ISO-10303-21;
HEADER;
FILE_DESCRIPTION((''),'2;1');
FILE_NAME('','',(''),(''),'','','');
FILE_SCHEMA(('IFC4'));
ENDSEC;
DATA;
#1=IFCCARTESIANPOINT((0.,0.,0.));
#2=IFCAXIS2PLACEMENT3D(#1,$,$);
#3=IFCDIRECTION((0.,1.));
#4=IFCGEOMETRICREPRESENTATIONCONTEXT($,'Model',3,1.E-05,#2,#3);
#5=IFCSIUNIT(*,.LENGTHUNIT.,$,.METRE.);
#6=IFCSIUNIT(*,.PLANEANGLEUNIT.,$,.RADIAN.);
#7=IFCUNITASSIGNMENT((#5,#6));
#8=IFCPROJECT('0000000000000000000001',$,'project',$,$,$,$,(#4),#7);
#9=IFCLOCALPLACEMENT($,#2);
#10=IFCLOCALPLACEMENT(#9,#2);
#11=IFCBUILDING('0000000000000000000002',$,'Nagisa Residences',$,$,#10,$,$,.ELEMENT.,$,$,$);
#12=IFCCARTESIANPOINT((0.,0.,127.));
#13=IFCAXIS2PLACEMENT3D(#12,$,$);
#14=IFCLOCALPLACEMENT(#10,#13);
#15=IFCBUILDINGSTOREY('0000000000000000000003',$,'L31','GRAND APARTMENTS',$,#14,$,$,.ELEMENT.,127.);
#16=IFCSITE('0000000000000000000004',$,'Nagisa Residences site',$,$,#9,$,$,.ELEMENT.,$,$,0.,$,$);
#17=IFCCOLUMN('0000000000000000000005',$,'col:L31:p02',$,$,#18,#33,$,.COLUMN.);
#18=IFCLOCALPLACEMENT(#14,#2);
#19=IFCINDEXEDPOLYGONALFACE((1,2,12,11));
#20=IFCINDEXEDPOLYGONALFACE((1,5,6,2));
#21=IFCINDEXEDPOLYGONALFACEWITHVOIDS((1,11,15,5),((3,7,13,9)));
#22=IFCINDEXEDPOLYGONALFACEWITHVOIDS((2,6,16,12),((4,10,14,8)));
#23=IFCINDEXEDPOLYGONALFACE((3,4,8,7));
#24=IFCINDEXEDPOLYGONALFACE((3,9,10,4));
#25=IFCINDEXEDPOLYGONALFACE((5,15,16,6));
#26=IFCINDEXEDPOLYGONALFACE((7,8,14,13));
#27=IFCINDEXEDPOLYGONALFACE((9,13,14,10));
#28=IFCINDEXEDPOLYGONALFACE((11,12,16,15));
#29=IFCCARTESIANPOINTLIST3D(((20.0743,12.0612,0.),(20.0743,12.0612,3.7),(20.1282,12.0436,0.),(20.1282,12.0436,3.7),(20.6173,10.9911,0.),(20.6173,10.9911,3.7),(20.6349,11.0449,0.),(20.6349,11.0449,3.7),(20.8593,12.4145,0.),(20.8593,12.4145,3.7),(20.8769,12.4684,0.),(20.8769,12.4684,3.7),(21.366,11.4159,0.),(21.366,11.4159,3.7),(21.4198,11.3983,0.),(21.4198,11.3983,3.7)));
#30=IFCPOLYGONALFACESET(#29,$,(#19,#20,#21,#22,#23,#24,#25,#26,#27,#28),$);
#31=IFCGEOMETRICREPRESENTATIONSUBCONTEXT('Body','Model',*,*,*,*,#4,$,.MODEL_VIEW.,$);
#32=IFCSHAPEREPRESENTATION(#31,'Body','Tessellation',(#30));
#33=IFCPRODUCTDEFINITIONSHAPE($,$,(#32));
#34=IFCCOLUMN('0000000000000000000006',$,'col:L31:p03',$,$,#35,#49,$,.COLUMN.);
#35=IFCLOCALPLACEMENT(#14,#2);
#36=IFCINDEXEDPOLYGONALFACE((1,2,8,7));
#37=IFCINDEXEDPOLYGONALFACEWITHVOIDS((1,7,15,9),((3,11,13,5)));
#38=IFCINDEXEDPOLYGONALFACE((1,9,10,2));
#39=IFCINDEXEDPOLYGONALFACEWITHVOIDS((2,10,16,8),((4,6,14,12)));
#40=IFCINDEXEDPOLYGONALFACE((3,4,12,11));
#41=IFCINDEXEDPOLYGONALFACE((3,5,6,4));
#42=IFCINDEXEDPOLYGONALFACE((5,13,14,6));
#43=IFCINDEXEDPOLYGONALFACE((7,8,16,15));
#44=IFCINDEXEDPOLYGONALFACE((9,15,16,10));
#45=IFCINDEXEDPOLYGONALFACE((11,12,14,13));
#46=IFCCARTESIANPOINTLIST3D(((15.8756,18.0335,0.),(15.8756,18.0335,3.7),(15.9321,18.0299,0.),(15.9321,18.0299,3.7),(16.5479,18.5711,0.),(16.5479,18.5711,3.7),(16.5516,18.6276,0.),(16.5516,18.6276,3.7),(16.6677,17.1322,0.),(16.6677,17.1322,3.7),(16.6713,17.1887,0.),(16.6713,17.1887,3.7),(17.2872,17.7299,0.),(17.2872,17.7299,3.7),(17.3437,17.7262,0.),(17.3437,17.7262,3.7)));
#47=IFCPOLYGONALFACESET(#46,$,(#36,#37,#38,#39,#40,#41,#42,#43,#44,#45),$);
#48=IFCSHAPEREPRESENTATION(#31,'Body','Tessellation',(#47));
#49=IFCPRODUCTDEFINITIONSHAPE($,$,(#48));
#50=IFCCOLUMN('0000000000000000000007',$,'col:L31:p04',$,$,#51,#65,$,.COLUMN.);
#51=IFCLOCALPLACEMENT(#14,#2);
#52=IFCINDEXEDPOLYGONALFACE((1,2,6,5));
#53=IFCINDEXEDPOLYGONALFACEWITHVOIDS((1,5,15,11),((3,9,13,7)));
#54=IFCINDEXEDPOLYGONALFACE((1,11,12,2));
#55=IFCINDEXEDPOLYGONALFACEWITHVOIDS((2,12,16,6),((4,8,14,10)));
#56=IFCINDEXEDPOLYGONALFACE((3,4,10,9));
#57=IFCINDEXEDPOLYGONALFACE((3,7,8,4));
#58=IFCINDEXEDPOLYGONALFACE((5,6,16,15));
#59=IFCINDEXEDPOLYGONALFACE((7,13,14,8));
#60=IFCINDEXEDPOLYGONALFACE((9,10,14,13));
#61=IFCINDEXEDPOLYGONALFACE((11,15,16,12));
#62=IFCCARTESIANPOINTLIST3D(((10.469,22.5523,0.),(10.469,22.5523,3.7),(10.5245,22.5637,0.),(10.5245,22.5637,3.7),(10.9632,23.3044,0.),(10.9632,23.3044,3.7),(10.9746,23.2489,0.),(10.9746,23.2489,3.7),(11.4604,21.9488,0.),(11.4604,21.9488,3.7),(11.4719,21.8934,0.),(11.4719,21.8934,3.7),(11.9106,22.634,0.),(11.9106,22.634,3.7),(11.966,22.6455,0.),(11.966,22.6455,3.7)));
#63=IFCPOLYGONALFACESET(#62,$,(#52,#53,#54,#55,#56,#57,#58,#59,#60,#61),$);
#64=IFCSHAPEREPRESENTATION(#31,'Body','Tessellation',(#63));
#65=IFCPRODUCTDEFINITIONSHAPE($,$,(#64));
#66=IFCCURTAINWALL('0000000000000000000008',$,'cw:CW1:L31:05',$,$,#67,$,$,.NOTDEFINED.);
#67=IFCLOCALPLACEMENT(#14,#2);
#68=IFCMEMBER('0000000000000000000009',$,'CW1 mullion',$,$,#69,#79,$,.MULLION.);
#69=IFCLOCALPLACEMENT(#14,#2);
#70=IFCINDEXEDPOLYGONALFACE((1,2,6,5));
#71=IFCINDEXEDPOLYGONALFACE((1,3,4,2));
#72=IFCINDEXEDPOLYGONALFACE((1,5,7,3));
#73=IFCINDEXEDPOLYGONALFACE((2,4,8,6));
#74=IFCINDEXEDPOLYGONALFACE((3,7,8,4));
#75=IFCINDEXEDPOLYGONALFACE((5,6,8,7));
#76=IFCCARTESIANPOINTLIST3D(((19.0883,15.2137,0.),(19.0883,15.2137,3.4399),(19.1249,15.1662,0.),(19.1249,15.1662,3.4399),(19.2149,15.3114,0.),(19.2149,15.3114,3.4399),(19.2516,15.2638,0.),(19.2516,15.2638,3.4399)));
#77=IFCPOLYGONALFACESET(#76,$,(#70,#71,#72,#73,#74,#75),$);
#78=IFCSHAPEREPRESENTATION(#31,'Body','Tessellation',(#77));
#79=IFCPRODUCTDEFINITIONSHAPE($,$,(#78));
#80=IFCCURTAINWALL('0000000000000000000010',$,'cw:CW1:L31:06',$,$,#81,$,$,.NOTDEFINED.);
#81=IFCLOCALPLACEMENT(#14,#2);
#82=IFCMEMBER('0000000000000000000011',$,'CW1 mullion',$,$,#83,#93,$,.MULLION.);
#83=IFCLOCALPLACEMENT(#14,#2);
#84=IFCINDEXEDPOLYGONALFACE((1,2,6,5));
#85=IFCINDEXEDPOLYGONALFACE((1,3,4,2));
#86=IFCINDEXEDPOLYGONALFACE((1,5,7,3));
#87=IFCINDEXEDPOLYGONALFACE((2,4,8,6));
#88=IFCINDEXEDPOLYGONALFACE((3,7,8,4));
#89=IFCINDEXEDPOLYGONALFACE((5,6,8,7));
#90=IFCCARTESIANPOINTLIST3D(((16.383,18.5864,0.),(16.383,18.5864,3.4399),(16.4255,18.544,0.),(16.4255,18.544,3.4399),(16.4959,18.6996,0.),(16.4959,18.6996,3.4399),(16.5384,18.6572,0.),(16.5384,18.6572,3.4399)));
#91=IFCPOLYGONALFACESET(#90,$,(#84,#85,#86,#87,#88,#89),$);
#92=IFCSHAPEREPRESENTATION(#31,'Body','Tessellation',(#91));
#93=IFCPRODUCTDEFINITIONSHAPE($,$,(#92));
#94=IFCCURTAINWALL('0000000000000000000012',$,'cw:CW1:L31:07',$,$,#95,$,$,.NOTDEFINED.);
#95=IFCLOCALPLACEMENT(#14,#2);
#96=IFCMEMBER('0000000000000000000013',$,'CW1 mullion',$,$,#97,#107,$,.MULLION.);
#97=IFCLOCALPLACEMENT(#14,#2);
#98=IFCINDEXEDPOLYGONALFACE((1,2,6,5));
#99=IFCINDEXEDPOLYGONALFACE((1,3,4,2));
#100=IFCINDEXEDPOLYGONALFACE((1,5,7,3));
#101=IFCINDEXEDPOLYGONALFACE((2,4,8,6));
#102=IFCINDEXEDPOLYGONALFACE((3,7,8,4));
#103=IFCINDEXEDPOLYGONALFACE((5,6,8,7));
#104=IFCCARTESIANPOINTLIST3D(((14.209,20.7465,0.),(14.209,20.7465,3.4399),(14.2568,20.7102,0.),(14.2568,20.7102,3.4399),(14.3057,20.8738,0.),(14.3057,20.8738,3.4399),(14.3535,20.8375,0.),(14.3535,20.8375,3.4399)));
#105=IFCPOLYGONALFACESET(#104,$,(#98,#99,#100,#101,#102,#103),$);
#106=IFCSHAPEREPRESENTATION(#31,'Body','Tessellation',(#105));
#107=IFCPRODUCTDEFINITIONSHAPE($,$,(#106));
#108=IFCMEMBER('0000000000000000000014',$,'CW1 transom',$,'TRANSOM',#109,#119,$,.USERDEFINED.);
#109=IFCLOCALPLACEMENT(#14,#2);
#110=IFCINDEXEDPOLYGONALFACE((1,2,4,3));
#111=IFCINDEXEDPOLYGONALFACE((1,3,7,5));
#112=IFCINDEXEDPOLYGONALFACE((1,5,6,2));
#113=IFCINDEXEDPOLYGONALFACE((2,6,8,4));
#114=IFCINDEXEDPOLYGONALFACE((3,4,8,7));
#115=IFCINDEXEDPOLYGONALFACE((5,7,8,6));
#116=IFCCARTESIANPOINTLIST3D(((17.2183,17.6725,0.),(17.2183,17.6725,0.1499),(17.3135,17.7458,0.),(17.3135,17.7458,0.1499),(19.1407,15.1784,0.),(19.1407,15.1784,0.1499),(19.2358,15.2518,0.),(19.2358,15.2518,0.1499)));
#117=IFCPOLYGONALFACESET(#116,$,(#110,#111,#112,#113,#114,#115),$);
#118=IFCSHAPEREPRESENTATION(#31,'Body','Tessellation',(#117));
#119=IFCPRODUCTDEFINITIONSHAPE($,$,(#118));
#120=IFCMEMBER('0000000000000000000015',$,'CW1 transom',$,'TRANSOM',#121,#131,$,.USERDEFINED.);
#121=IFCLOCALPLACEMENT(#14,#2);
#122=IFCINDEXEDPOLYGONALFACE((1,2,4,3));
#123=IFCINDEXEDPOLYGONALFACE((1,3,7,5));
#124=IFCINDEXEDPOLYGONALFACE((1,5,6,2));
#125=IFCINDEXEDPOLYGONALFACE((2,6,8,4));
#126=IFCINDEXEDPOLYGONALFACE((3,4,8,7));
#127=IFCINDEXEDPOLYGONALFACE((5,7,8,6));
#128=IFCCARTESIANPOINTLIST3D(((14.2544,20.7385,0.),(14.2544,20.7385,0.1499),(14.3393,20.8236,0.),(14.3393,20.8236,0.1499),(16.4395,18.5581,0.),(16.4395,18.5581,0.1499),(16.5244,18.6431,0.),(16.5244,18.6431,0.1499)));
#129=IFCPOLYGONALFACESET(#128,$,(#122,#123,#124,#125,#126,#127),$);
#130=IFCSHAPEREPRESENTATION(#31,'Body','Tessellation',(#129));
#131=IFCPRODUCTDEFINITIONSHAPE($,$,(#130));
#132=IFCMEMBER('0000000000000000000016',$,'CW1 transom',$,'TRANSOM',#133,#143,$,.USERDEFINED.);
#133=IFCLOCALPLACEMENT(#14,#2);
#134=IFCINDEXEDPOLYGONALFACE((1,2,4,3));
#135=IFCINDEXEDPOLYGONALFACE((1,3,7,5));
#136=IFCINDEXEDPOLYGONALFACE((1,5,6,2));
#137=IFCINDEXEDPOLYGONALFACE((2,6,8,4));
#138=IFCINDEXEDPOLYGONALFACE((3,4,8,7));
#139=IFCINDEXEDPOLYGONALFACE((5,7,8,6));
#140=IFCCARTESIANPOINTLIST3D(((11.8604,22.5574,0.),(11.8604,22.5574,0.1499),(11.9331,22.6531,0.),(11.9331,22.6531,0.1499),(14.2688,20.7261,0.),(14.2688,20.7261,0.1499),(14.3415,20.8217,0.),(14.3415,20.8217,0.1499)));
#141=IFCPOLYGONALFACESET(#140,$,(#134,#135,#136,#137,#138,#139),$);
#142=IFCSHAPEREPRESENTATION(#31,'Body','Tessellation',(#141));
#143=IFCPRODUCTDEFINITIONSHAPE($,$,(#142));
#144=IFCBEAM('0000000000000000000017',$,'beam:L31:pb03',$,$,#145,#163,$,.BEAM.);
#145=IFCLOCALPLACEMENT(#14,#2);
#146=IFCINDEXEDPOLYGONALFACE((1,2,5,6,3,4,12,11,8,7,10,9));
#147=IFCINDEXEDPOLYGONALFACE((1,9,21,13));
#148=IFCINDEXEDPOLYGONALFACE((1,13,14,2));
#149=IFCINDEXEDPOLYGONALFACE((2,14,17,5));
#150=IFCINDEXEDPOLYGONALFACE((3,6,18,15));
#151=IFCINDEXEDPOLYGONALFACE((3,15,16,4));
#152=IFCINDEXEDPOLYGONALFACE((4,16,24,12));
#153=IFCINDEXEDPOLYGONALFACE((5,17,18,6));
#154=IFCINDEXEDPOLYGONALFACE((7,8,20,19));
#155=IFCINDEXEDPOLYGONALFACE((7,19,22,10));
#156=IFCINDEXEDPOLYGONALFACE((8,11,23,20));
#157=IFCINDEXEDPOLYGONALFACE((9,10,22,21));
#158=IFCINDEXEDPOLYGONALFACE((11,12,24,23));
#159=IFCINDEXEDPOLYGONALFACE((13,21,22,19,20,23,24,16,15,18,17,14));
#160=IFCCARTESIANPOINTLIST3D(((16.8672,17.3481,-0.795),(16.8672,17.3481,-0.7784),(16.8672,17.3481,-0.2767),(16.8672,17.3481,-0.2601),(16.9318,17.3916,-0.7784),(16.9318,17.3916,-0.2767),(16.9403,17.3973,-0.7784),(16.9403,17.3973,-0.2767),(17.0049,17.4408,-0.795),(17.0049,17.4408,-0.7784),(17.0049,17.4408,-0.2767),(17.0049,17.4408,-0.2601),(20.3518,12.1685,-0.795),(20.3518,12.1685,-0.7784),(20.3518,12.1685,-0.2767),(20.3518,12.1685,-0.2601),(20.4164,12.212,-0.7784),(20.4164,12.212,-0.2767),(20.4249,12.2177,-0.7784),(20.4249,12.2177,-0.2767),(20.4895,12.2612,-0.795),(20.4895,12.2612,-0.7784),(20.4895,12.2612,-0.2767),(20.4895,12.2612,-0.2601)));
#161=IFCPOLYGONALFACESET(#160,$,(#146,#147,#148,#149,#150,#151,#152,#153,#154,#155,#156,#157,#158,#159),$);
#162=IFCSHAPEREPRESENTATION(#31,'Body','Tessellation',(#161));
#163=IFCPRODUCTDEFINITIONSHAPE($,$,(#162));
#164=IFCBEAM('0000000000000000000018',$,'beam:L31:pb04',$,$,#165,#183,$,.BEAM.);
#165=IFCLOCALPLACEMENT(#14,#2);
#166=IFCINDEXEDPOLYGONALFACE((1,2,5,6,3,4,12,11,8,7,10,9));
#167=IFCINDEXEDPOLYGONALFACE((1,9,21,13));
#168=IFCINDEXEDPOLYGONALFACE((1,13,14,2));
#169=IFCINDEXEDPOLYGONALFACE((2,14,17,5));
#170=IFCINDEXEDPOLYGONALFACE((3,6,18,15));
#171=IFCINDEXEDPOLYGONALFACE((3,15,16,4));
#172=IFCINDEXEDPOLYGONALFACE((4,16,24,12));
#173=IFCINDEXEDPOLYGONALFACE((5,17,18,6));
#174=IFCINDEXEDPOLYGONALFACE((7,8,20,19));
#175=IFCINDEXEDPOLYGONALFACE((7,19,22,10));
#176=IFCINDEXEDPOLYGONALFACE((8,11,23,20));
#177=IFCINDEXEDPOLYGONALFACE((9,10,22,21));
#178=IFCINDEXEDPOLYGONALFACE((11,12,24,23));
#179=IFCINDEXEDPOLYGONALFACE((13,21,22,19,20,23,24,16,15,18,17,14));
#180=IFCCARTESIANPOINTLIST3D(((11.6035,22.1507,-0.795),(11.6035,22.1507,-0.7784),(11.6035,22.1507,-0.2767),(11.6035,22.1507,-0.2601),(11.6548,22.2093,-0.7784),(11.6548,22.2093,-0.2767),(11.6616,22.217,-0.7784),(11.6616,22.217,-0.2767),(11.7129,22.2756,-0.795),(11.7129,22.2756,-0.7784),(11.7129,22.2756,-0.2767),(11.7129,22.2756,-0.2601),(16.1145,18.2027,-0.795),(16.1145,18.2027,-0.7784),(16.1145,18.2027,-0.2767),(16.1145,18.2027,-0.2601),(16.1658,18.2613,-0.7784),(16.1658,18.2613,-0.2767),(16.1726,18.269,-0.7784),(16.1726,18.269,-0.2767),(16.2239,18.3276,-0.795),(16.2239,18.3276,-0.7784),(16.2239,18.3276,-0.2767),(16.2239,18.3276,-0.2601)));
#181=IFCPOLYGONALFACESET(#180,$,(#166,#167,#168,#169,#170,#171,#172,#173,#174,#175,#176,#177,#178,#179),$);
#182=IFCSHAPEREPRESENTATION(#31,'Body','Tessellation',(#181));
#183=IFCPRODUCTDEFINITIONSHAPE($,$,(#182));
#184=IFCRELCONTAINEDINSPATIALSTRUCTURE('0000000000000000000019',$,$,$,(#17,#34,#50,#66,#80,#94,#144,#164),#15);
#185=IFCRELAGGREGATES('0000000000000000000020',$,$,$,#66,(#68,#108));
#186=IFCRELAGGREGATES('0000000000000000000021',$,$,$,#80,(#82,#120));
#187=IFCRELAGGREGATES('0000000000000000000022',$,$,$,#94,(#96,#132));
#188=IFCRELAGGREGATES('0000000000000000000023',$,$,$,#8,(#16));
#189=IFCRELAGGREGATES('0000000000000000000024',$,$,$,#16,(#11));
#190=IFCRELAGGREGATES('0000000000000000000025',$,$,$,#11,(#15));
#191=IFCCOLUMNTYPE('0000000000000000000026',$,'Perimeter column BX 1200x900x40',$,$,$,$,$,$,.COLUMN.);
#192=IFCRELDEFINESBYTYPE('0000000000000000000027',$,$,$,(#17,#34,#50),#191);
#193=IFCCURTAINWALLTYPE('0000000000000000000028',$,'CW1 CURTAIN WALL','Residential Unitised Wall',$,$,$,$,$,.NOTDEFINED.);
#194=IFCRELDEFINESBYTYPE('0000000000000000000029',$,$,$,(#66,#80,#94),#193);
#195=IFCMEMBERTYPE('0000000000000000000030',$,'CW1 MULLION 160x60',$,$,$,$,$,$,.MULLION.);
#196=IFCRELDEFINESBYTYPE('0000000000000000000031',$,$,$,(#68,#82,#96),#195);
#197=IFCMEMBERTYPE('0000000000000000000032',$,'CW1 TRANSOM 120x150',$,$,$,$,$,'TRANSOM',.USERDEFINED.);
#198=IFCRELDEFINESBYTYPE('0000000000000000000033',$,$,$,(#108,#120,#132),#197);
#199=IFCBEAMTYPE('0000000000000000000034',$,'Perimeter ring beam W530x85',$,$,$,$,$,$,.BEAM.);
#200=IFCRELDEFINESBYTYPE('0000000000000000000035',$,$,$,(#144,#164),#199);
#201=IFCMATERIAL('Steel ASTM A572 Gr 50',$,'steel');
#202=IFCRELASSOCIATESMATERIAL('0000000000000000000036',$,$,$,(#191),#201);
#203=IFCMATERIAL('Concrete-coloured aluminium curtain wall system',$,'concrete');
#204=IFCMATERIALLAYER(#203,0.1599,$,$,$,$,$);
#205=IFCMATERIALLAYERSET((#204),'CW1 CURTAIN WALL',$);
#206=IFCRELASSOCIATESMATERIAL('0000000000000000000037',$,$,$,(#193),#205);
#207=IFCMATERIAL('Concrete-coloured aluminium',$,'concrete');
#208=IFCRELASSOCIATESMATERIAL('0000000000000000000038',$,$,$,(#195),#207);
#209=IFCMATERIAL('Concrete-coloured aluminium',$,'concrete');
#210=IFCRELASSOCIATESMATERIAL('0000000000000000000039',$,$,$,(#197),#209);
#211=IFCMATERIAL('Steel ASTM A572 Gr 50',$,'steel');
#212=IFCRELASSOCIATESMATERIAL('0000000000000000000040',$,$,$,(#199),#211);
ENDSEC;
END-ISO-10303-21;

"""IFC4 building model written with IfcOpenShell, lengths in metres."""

from ifc_helpers import new_model, si_unit, direction, frame, origin, origin_2d, place, context, subcontext, project, spatial, rectangle, hollow_rectangle, i_section, extrude, material, layer, layer_set, material_profile, profile_set, type_object, element, aggregate, save


model = new_model("IFC4")

# Units and contexts
model_context = context("Model", 3, precision=1e-05, world=origin(), true_north=direction((0.0, 1.0)))
body_context = subcontext(model_context, "Body", "Model", "MODEL_VIEW")
ifc_project = project(units=[si_unit("LENGTHUNIT", "METRE"), si_unit("PLANEANGLEUNIT", "RADIAN")], contexts=[model_context])

# Site, building, storey
site_placement = place(None, origin())
site = spatial("IfcSite", under=ifc_project, at=site_placement, Name="Nagisa Residences site", CompositionType="ELEMENT", RefElevation=0.0)
building_placement = place(site_placement, origin())
building = spatial("IfcBuilding", under=site, at=building_placement, Name="Nagisa Residences", CompositionType="ELEMENT")
storey_placement = place(building_placement, frame((0.0, 0.0, 127.0)))
storey = spatial("IfcBuildingStorey", under=building, at=storey_placement, Name="L31", Description="GRAND APARTMENTS", CompositionType="ELEMENT", Elevation=127.0)

# Columns
ifc_material_1 = material(Name="Steel ASTM A572 Gr 50", Category="steel")
ifc_material_profile_1 = material_profile(ifc_material_1, hollow_rectangle(XDim=1.2, YDim=0.8999, WallThickness=0.04, at=origin_2d()), Name="BX 1200x900x40")
ifc_profile_set_1 = profile_set([ifc_material_profile_1], Name="Steel ASTM A572 Gr 50")
column_type = type_object("IfcColumnType", Name="Perimeter column BX 1200x900x40", PredefinedType="COLUMN", material=ifc_profile_set_1)
for number, where, z_axis, x_axis, name in (
    (1, (20.7471, 11.7297, 0.0), (0.0, 0.0, 1.0), (-0.452463, 0.891783, 0.0), "col:L31:p02"),
    (2, (16.6096, 17.8799, 0.0), (0.0, 0.0, 1.0), (-0.660115, 0.751165, 0.0), "col:L31:p03"),
    (3, (11.2175, 22.5989, 0.0), (0.0, 0.0, 1.0), (-0.835766, 0.549086, 0.0), "col:L31:p04"),
):
    element("IfcColumn", number, at=place(storey_placement, frame(where, z_axis=z_axis, x_axis=x_axis)), inside=storey, type_object=column_type, Name=name, PredefinedType="COLUMN", context=body_context, shape_type="SweptSolid", body=[
        extrude(hollow_rectangle(XDim=1.2, YDim=0.8999, WallThickness=0.04, at=origin_2d()), origin(), (0.0, 0.0, 1.0), 3.7),
    ])

# Curtain walls, members
ifc_material_2 = material(Name="Concrete-coloured aluminium curtain wall system", Category="concrete")
ifc_layer_1 = layer(ifc_material_2, 0.1599)
ifc_layer_set_1 = layer_set([ifc_layer_1], Name="CW1 CURTAIN WALL")
curtain_wall_type = type_object("IfcCurtainWallType", Name="CW1 CURTAIN WALL", Description="Residential Unitised Wall", PredefinedType="NOTDEFINED", material=ifc_layer_set_1)
curtain_wall_1_placement = place(storey_placement, origin())
curtain_wall_1 = element("IfcCurtainWall", 4, at=curtain_wall_1_placement, inside=storey, type_object=curtain_wall_type, Name="cw:CW1:L31:05", PredefinedType="NOTDEFINED")
ifc_material_3 = material(Name="Concrete-coloured aluminium", Category="concrete")
ifc_material_profile_2 = material_profile(ifc_material_3, rectangle(XDim=0.1599, YDim=0.0601, at=origin_2d()), Name="CW1 MULLION 160x60")
ifc_profile_set_2 = profile_set([ifc_material_profile_2], Name="Concrete-coloured aluminium")
member_type_1 = type_object("IfcMemberType", Name="CW1 MULLION 160x60", PredefinedType="MULLION", material=ifc_profile_set_2)
member_1_placement = place(storey_placement, frame((19.1699, 15.2388, 0.0), z_axis=(0.0, 0.0, 1.0), x_axis=(-0.79207, -0.61043, 0.0)))
member_1 = element("IfcMember", 5, at=member_1_placement, type_object=member_type_1, Name="CW1 mullion", PredefinedType="MULLION", context=body_context, shape_type="SweptSolid", body=[
    extrude(rectangle(XDim=0.1599, YDim=0.0601, at=origin_2d()), origin(), (0.0, 0.0, 1.0), 3.4399),
])
curtain_wall_2_placement = place(storey_placement, origin())
curtain_wall_2 = element("IfcCurtainWall", 6, at=curtain_wall_2_placement, inside=storey, type_object=curtain_wall_type, Name="cw:CW1:L31:06", PredefinedType="NOTDEFINED")
member_2_placement = place(storey_placement, frame((16.4607, 18.6218, 0.0), z_axis=(0.0, 0.0, 1.0), x_axis=(-0.706377, -0.707836, 0.0)))
member_2 = element("IfcMember", 7, at=member_2_placement, type_object=member_type_1, Name="CW1 mullion", PredefinedType="MULLION", context=body_context, shape_type="SweptSolid", body=[
    extrude(rectangle(XDim=0.1599, YDim=0.0601, at=origin_2d()), origin(), (0.0, 0.0, 1.0), 3.4399),
])
curtain_wall_3_placement = place(storey_placement, origin())
curtain_wall_3 = element("IfcCurtainWall", 8, at=curtain_wall_3_placement, inside=storey, type_object=curtain_wall_type, Name="cw:CW1:L31:07", PredefinedType="NOTDEFINED")
member_3_placement = place(storey_placement, frame((14.2812, 20.792, 0.0), z_axis=(0.0, 0.0, 1.0), x_axis=(-0.605255, -0.796031, 0.0)))
member_3 = element("IfcMember", 9, at=member_3_placement, type_object=member_type_1, Name="CW1 mullion", PredefinedType="MULLION", context=body_context, shape_type="SweptSolid", body=[
    extrude(rectangle(XDim=0.1599, YDim=0.0601, at=origin_2d()), origin(), (0.0, 0.0, 1.0), 3.4399),
])

# Members
ifc_material_4 = material(Name="Concrete-coloured aluminium", Category="concrete")
ifc_material_profile_3 = material_profile(ifc_material_4, rectangle(XDim=0.1201, YDim=0.1499, at=origin_2d()), Name="CW1 TRANSOM 120x150")
ifc_profile_set_3 = profile_set([ifc_material_profile_3], Name="Concrete-coloured aluminium")
member_type_2 = type_object("IfcMemberType", Name="CW1 TRANSOM 120x150", ElementType="TRANSOM", PredefinedType="USERDEFINED", material=ifc_profile_set_3)
member_4_placement = place(storey_placement, frame((19.1882, 15.2151, 0.075), z_axis=(-0.610467, 0.792041, 0.0), x_axis=(-0.792041, -0.610467, 0.0)))
member_4 = element("IfcMember", 10, at=member_4_placement, type_object=member_type_2, Name="CW1 transom", ObjectType="TRANSOM", PredefinedType="USERDEFINED", context=body_context, shape_type="SweptSolid", body=[
    extrude(rectangle(XDim=0.1201, YDim=0.1499, at=origin_2d()), origin(), (0.0, 0.0, 1.0), 3.1489),
])
member_5_placement = place(storey_placement, frame((16.4819, 18.6006, 0.075), z_axis=(-0.707858, 0.706355, 0.0), x_axis=(-0.706355, -0.707858, 0.0)))
member_5 = element("IfcMember", 11, at=member_5_placement, type_object=member_type_2, Name="CW1 transom", ObjectType="TRANSOM", PredefinedType="USERDEFINED", context=body_context, shape_type="SweptSolid", body=[
    extrude(rectangle(XDim=0.1201, YDim=0.1499, at=origin_2d()), origin(), (0.0, 0.0, 1.0), 3.0869),
])
member_6_placement = place(storey_placement, frame((14.3052, 20.7739, 0.075), z_axis=(-0.796022, 0.605267, 0.0), x_axis=(-0.605267, -0.796022, 0.0)))
member_6 = element("IfcMember", 12, at=member_6_placement, type_object=member_type_2, Name="CW1 transom", ObjectType="TRANSOM", PredefinedType="USERDEFINED", context=body_context, shape_type="SweptSolid", body=[
    extrude(rectangle(XDim=0.1201, YDim=0.1499, at=origin_2d()), origin(), (0.0, 0.0, 1.0), 3.0256),
])

# Beams
ifc_material_5 = material(Name="Steel ASTM A572 Gr 50", Category="steel")
ifc_material_profile_4 = material_profile(ifc_material_5, i_section(OverallWidth=0.166, OverallDepth=0.5349, WebThickness=0.0103, FlangeThickness=0.0166, at=origin_2d()), Name="W530x85")
ifc_profile_set_4 = profile_set([ifc_material_profile_4], Name="Steel ASTM A572 Gr 50")
beam_type_1 = type_object("IfcBeamType", Name="Perimeter ring beam W530x85", PredefinedType="BEAM", material=ifc_profile_set_4)
beam_1_placement = place(storey_placement, frame((20.4207, 12.2148, -0.5276), z_axis=(-0.558188, 0.829715, 0.0), x_axis=(-0.829715, -0.558188, 0.0)))
element("IfcBeam", 13, at=beam_1_placement, inside=storey, type_object=beam_type_1, Name="beam:L31:pb03", PredefinedType="BEAM", context=body_context, shape_type="SweptSolid", body=[
    extrude(i_section(OverallWidth=0.166, OverallDepth=0.5349, WebThickness=0.0103, FlangeThickness=0.0166, at=origin_2d()), origin(), (0.0, 0.0, 1.0), 6.2427),
])
beam_2_placement = place(storey_placement, frame((16.1692, 18.2651, -0.5276), z_axis=(-0.752504, 0.658588, 0.0), x_axis=(-0.658588, -0.752504, 0.0)))
element("IfcBeam", 14, at=beam_2_placement, inside=storey, type_object=beam_type_1, Name="beam:L31:pb04", PredefinedType="BEAM", context=body_context, shape_type="SweptSolid", body=[
    extrude(i_section(OverallWidth=0.166, OverallDepth=0.5349, WebThickness=0.0103, FlangeThickness=0.0166, at=origin_2d()), origin(), (0.0, 0.0, 1.0), 5.9946),
])

aggregate(curtain_wall_1, [member_1, member_4])
aggregate(curtain_wall_2, [member_2, member_5])
aggregate(curtain_wall_3, [member_3, member_6])

save(model, "model.ifc")
